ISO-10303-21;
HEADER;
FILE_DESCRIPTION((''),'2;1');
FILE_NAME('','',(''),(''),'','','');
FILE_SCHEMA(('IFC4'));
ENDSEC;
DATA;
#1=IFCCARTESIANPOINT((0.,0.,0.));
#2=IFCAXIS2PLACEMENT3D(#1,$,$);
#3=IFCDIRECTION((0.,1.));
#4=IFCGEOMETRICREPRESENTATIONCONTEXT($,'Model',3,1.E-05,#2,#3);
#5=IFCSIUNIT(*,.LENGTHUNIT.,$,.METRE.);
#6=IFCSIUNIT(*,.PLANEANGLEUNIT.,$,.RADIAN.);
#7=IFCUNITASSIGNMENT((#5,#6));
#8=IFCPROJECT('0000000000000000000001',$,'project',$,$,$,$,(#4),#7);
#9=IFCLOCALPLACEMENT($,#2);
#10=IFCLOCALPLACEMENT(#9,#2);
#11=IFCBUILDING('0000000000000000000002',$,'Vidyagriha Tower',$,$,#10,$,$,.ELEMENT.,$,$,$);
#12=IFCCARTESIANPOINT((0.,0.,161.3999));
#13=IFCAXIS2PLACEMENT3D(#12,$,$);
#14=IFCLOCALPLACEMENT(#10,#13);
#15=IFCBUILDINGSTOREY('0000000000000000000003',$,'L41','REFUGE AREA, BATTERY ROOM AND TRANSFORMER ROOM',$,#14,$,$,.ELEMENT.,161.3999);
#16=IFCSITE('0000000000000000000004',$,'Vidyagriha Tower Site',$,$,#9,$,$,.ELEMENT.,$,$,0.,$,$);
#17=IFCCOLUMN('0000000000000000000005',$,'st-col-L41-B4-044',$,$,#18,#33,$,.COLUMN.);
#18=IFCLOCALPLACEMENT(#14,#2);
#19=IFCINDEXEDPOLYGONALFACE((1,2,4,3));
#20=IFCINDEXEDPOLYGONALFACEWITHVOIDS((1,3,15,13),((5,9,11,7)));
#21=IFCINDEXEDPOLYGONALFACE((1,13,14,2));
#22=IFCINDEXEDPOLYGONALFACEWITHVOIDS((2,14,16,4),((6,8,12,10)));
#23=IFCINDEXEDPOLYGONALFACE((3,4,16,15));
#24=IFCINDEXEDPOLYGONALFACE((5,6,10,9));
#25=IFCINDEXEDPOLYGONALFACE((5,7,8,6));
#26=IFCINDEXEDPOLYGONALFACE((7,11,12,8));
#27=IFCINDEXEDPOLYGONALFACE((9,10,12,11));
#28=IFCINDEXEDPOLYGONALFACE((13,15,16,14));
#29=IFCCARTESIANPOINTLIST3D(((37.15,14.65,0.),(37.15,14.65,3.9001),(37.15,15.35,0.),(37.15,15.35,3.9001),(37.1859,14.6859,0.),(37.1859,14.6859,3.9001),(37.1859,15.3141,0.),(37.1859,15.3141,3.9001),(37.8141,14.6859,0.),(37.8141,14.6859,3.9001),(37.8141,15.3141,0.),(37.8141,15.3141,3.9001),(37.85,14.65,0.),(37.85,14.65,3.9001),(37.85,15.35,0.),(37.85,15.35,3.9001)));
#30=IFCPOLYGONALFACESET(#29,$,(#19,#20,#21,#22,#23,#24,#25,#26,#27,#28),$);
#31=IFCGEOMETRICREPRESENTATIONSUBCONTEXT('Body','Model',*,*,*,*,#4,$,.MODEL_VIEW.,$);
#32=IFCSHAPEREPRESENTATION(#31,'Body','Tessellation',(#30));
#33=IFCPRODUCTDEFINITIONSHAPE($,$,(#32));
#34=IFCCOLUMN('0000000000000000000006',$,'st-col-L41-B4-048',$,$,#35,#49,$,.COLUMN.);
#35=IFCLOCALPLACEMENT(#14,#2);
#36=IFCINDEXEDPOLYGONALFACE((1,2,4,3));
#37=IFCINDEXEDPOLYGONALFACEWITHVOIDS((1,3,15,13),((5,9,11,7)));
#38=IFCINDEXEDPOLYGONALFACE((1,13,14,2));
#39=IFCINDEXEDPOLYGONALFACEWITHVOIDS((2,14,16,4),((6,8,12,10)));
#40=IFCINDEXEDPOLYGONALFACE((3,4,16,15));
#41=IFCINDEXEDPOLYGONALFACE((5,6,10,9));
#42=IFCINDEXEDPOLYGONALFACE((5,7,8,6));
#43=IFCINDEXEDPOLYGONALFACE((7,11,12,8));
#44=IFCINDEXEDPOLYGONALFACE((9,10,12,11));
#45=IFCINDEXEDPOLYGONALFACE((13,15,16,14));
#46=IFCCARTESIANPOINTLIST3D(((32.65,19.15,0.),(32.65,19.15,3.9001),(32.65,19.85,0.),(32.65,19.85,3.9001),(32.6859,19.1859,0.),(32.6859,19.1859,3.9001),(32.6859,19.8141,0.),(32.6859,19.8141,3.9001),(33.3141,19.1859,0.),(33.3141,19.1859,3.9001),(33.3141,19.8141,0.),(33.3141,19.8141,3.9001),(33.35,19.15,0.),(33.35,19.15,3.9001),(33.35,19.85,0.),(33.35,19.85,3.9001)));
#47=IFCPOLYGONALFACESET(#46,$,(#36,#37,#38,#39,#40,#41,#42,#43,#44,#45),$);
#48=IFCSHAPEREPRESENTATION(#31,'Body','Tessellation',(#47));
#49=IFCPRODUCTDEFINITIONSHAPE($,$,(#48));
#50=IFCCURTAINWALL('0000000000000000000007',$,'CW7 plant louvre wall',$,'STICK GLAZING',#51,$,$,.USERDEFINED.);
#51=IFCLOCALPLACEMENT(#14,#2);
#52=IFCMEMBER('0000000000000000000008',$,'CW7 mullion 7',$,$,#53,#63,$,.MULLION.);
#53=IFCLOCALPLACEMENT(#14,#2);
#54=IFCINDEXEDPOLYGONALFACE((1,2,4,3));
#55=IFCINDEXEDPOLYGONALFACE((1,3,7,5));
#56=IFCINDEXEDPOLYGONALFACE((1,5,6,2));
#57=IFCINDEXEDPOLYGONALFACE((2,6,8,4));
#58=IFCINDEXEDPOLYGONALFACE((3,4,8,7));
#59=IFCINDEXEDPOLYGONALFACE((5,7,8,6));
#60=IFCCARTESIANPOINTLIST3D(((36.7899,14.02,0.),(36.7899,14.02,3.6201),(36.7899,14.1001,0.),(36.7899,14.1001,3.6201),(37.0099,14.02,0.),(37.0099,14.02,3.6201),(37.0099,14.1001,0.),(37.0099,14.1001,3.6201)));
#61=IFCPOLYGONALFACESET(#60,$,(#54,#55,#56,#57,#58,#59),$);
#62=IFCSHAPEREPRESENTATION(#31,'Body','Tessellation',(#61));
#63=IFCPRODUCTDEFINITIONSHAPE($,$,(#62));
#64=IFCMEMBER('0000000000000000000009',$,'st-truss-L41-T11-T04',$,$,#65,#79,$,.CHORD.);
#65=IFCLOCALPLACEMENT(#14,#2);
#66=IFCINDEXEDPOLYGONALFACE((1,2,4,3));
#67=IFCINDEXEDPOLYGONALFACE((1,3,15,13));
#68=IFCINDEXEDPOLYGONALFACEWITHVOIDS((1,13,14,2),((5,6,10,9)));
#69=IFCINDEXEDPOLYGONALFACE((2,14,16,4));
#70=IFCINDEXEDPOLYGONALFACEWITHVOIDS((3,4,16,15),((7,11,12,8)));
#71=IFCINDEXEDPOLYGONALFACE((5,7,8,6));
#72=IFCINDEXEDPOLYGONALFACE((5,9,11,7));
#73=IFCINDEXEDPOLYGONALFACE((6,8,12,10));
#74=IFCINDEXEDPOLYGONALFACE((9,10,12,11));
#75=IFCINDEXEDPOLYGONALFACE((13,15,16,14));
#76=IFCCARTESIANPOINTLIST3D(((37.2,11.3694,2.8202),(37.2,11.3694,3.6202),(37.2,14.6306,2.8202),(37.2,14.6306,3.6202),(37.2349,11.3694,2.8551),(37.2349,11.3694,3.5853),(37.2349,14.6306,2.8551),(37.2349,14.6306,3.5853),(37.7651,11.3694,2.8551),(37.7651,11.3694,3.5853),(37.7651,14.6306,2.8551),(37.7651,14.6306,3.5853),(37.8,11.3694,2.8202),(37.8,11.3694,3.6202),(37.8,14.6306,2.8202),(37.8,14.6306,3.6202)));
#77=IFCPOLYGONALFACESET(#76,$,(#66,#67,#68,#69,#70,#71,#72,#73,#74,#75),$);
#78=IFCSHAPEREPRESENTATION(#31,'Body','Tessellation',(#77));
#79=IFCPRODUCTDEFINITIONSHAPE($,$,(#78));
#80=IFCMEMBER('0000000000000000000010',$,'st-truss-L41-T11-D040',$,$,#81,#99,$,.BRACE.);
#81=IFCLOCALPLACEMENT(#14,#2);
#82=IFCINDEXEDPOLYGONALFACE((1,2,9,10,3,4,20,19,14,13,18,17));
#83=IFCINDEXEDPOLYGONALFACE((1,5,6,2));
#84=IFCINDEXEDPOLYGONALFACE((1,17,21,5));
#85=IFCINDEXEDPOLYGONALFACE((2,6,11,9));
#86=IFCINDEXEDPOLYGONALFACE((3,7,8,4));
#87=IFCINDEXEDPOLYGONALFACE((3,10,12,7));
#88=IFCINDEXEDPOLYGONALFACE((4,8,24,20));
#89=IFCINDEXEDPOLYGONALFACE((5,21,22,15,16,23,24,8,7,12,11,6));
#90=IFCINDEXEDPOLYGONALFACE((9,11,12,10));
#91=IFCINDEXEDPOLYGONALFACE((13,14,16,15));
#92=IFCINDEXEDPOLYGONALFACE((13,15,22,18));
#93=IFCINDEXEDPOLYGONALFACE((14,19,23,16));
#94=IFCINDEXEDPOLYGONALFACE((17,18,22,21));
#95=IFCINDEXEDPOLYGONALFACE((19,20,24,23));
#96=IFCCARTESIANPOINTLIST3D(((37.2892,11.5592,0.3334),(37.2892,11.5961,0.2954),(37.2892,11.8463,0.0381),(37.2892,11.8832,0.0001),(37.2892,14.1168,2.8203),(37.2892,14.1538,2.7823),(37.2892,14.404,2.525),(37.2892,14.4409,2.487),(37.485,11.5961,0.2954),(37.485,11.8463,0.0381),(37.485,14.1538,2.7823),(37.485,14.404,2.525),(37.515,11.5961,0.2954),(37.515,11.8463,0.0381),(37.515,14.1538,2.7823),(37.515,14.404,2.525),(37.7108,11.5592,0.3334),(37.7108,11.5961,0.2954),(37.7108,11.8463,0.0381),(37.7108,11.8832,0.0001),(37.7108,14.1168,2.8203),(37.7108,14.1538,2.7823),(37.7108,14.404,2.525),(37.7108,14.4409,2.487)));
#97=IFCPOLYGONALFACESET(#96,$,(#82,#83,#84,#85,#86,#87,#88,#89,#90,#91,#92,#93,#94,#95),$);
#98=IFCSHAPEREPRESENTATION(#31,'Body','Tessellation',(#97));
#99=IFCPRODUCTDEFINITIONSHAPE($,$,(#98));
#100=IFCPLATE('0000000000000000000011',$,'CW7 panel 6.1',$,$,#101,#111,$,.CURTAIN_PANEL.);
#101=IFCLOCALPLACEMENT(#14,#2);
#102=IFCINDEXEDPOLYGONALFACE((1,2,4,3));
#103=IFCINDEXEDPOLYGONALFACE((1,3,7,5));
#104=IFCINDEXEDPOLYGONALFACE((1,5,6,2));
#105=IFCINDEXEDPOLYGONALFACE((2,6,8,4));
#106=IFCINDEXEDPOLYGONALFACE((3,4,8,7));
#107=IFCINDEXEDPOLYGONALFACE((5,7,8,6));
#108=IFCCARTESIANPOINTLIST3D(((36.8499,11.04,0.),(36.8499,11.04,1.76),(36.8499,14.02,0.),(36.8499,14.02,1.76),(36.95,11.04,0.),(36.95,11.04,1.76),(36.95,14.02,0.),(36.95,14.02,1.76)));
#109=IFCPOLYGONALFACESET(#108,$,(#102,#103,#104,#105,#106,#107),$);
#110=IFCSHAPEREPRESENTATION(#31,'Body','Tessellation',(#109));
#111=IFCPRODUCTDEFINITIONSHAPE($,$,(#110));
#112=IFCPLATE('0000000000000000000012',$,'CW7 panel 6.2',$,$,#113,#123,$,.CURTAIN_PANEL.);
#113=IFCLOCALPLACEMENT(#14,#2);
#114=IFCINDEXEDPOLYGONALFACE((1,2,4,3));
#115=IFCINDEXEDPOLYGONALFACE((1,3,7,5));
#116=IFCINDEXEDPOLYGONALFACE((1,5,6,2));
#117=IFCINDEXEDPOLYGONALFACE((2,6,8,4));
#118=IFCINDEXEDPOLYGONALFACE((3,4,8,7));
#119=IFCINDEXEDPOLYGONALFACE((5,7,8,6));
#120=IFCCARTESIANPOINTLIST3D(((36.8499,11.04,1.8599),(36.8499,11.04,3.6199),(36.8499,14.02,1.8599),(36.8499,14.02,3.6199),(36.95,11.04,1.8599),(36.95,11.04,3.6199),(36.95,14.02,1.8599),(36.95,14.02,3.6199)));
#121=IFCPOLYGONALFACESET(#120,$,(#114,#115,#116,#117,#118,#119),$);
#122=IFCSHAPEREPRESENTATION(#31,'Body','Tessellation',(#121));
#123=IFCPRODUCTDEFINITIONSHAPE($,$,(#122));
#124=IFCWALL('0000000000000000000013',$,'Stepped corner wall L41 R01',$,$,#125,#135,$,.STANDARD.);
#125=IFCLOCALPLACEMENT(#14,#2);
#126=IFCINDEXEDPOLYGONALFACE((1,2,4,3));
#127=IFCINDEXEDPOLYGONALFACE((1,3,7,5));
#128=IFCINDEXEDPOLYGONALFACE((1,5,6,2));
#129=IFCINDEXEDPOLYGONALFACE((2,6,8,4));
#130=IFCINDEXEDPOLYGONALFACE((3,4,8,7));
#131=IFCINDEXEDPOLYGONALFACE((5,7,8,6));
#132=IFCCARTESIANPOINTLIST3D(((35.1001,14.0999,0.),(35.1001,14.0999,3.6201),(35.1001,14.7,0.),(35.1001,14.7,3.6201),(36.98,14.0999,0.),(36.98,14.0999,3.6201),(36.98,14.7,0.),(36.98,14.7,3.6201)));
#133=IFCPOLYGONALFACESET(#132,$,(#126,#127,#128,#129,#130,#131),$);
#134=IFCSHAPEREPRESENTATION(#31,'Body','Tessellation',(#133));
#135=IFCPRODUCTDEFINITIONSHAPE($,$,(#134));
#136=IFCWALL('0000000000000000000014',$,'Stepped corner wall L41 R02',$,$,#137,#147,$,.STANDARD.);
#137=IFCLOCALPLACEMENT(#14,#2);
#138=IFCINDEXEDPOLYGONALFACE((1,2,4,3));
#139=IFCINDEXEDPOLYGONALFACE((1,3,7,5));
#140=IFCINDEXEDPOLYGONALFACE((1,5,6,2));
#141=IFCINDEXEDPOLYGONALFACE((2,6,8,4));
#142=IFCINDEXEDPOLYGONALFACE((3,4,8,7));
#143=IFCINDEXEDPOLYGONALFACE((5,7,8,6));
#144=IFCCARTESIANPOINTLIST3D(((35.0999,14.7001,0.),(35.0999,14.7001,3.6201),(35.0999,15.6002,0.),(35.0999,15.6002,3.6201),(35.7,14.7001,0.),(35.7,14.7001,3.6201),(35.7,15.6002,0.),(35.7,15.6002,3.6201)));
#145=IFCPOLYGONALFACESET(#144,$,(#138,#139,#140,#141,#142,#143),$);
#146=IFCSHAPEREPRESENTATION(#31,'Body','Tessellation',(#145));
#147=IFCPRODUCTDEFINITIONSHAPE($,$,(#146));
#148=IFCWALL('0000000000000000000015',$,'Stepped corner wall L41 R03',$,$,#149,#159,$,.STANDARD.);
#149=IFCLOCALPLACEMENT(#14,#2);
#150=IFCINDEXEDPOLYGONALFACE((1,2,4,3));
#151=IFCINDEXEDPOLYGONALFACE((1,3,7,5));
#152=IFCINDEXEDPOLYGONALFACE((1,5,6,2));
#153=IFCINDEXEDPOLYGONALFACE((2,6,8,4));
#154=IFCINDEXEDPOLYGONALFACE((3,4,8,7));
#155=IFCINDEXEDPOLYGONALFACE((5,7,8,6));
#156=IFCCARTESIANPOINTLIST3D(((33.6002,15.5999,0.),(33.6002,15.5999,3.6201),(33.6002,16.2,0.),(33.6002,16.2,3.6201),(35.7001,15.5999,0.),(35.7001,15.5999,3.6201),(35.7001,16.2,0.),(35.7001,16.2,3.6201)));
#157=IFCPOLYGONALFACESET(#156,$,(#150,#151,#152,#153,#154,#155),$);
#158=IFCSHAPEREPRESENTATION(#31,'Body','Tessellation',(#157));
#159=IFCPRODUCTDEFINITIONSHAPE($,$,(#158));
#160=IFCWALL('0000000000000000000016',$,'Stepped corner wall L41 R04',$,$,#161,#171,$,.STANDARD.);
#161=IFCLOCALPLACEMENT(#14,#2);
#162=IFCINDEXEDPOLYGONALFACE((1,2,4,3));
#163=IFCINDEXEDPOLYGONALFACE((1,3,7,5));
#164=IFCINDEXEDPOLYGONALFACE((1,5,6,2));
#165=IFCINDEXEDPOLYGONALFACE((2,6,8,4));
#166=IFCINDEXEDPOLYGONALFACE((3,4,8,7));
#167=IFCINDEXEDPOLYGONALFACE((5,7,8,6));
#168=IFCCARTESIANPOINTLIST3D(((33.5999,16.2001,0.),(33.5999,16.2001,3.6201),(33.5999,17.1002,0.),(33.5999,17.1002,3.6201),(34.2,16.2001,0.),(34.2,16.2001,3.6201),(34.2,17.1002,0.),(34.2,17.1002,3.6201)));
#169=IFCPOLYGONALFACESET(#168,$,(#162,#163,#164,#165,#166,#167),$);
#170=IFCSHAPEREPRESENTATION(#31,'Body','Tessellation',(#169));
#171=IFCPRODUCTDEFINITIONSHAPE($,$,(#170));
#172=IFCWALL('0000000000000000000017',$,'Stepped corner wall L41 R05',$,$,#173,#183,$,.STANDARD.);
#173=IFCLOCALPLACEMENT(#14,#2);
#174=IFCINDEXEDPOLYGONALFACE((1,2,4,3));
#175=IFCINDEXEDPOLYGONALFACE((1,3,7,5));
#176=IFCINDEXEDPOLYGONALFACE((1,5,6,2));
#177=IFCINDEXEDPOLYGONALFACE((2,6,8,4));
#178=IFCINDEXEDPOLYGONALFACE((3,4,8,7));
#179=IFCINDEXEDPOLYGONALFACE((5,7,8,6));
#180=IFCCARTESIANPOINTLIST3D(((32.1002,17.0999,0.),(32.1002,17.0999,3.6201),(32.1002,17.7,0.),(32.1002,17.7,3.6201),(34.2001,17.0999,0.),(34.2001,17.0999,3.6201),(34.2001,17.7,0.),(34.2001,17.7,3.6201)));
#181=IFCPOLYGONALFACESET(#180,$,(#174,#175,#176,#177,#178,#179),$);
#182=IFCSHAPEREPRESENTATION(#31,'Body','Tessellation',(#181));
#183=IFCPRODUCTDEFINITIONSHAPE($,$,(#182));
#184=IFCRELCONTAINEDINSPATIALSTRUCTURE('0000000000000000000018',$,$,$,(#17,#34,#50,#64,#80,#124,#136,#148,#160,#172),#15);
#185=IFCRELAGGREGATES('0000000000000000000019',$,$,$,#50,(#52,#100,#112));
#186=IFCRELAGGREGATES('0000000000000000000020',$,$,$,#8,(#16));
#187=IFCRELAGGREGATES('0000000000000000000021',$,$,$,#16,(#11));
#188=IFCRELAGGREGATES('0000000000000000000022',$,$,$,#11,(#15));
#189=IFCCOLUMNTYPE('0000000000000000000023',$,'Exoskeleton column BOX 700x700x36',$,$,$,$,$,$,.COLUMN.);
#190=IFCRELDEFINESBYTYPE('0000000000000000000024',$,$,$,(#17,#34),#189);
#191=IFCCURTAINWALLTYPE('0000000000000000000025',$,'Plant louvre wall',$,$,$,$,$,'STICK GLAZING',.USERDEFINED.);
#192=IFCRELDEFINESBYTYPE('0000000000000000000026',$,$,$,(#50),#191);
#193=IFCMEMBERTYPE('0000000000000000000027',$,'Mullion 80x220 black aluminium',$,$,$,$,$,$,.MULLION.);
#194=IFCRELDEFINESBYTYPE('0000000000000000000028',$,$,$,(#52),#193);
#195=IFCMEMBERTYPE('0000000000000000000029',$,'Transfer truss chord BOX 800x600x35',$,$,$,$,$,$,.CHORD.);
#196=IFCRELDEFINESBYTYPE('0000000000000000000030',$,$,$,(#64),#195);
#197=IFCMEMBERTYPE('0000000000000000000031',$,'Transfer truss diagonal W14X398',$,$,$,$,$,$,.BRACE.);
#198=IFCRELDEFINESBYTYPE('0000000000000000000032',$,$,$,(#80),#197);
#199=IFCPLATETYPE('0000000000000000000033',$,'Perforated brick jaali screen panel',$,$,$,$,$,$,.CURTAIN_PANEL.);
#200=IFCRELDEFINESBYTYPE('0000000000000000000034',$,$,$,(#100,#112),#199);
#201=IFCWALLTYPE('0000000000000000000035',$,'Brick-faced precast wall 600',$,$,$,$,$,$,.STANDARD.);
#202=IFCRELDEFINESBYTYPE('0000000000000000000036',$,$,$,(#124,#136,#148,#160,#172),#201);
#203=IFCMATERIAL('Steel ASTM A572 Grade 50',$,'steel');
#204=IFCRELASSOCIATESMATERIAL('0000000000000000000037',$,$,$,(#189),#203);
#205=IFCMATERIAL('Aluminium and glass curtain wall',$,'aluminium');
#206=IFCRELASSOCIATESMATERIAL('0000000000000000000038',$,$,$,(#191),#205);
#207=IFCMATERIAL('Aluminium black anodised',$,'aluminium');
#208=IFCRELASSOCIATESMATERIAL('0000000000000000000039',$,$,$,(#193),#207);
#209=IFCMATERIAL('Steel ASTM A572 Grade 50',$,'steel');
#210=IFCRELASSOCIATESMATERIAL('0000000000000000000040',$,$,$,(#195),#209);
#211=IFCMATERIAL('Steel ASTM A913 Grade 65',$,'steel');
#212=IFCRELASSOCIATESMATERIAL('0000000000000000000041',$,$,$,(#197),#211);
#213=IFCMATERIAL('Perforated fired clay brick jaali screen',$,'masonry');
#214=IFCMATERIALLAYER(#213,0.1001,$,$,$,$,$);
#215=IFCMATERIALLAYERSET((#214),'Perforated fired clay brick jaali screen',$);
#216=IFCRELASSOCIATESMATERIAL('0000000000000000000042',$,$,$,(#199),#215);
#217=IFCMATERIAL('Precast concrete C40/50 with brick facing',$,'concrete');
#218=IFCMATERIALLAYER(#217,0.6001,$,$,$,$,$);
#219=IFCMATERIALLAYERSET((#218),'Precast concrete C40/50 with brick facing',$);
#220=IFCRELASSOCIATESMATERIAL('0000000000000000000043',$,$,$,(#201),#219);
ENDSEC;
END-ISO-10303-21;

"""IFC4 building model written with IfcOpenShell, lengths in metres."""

from ifc_helpers import new_model, si_unit, direction, frame, frame_2d, origin, origin_2d, place, context, subcontext, project, spatial, rectangle, hollow_rectangle, i_section, extrude, material, layer, layer_set, material_profile, profile_set, type_object, element, aggregate, save


model = new_model("IFC4")

# Units and contexts
model_context = context("Model", 3, precision=1e-05, world=origin(), true_north=direction((0.0, 1.0)))
body_context = subcontext(model_context, "Body", "Model", "MODEL_VIEW")
ifc_project = project(units=[si_unit("LENGTHUNIT", "METRE"), si_unit("PLANEANGLEUNIT", "RADIAN")], contexts=[model_context])

# Site, building, storey
site_placement = place(None, origin())
site = spatial("IfcSite", under=ifc_project, at=site_placement, Name="Vidyagriha Tower Site", CompositionType="ELEMENT", RefElevation=0.0)
building_placement = place(site_placement, origin())
building = spatial("IfcBuilding", under=site, at=building_placement, Name="Vidyagriha Tower", CompositionType="ELEMENT")
storey_placement = place(building_placement, frame((0.0, 0.0, 161.3999)))
storey = spatial("IfcBuildingStorey", under=building, at=storey_placement, Name="L41", Description="REFUGE AREA, BATTERY ROOM AND TRANSFORMER ROOM", CompositionType="ELEMENT", Elevation=161.3999)

# Columns
ifc_material_1 = material(Name="Steel ASTM A572 Grade 50", Category="steel")
ifc_material_profile_1 = material_profile(ifc_material_1, hollow_rectangle(XDim=0.7, YDim=0.7, WallThickness=0.0359, at=origin_2d()), Name="BOX 700x700x36")
ifc_profile_set_1 = profile_set([ifc_material_profile_1], Name="Steel ASTM A572 Grade 50")
column_type = type_object("IfcColumnType", Name="Exoskeleton column BOX 700x700x36", PredefinedType="COLUMN", material=ifc_profile_set_1)
for number, where, name in (
    (1, (37.5, 15.0, 0.0), "st-col-L41-B4-044"),
    (2, (33.0, 19.5, 0.0), "st-col-L41-B4-048"),
):
    element("IfcColumn", number, at=place(storey_placement, frame(where)), inside=storey, type_object=column_type, Name=name, PredefinedType="COLUMN", context=body_context, shape_type="SweptSolid", body=[
        extrude(hollow_rectangle(XDim=0.7, YDim=0.7, WallThickness=0.0359, at=origin_2d()), origin(), (0.0, 0.0, 1.0), 3.9001),
    ])

# Curtain wall, member
ifc_material_2 = material(Name="Aluminium and glass curtain wall", Category="aluminium")
curtain_wall_type = type_object("IfcCurtainWallType", Name="Plant louvre wall", ElementType="STICK GLAZING", PredefinedType="USERDEFINED", material=ifc_material_2)
curtain_wall_placement = place(storey_placement, origin())
curtain_wall = element("IfcCurtainWall", 3, at=curtain_wall_placement, inside=storey, type_object=curtain_wall_type, Name="CW7 plant louvre wall", ObjectType="STICK GLAZING", PredefinedType="USERDEFINED")
ifc_material_3 = material(Name="Aluminium black anodised", Category="aluminium")
ifc_material_profile_2 = material_profile(ifc_material_3, rectangle(XDim=0.22, YDim=0.0801, at=origin_2d()), Name="Mullion 80x220 black aluminium")
ifc_profile_set_2 = profile_set([ifc_material_profile_2], Name="Aluminium black anodised")
member_type_1 = type_object("IfcMemberType", Name="Mullion 80x220 black aluminium", PredefinedType="MULLION", material=ifc_profile_set_2)
member_1_placement = place(storey_placement, frame((36.8999, 14.0601, 0.0), z_axis=(0.0, 0.0, 1.0), x_axis=(-1.0, 0.0, 0.0)))
member_1 = element("IfcMember", 4, at=member_1_placement, type_object=member_type_1, Name="CW7 mullion 7", PredefinedType="MULLION", context=body_context, shape_type="SweptSolid", body=[
    extrude(rectangle(XDim=0.22, YDim=0.0801, at=origin_2d()), origin(), (0.0, 0.0, 1.0), 3.6201),
])

# Members
ifc_material_4 = material(Name="Steel ASTM A572 Grade 50", Category="steel")
ifc_material_profile_3 = material_profile(ifc_material_4, hollow_rectangle(XDim=0.6001, YDim=0.8, WallThickness=0.0349, at=origin_2d()), Name="BOX 800x600x35")
ifc_profile_set_3 = profile_set([ifc_material_profile_3], Name="Steel ASTM A572 Grade 50")
member_type_2 = type_object("IfcMemberType", Name="Transfer truss chord BOX 800x600x35", PredefinedType="CHORD", material=ifc_profile_set_3)
member_2_placement = place(storey_placement, frame((37.5, 11.3694, 3.2202), z_axis=(0.0, 1.0, 0.0), x_axis=(-1.0, 0.0, 0.0)))
element("IfcMember", 5, at=member_2_placement, inside=storey, type_object=member_type_2, Name="st-truss-L41-T11-T04", PredefinedType="CHORD", context=body_context, shape_type="SweptSolid", body=[
    extrude(hollow_rectangle(XDim=0.6001, YDim=0.8, WallThickness=0.0349, at=origin_2d()), origin(), (0.0, 0.0, 1.0), 3.2612),
])
ifc_material_5 = material(Name="Steel ASTM A913 Grade 65", Category="steel")
ifc_material_profile_4 = material_profile(ifc_material_5, i_section(OverallWidth=0.4216, OverallDepth=0.4648, WebThickness=0.03, FlangeThickness=0.053, at=origin_2d()), Name="W14X398")
ifc_profile_set_4 = profile_set([ifc_material_profile_4], Name="Steel ASTM A913 Grade 65")
member_type_3 = type_object("IfcMemberType", Name="Transfer truss diagonal W14X398", PredefinedType="BRACE", material=ifc_profile_set_4)
member_3_placement = place(storey_placement, frame((37.5, 11.7212, 0.1667), z_axis=(0.0, 0.716961, 0.697114), x_axis=(-1.0, 0.0, 0.0)))
element("IfcMember", 6, at=member_3_placement, inside=storey, type_object=member_type_3, Name="st-truss-L41-T11-D040", PredefinedType="BRACE", context=body_context, shape_type="SweptSolid", body=[
    extrude(i_section(OverallWidth=0.4216, OverallDepth=0.4648, WebThickness=0.03, FlangeThickness=0.053, at=origin_2d()), origin(), (0.0, 0.0, 1.0), 3.5674),
])

# Plates
ifc_material_6 = material(Name="Perforated fired clay brick jaali screen", Category="masonry")
ifc_layer_1 = layer(ifc_material_6, 0.1001)
ifc_layer_set_1 = layer_set([ifc_layer_1], Name="Perforated fired clay brick jaali screen")
plate_type = type_object("IfcPlateType", Name="Perforated brick jaali screen panel", PredefinedType="CURTAIN_PANEL", material=ifc_layer_set_1)
plate_1_placement = place(storey_placement, frame((36.8999, 12.53, 0.0), z_axis=(0.0, 0.0, 1.0), x_axis=(0.0, 1.0, 0.0)))
plate_1 = element("IfcPlate", 7, at=plate_1_placement, type_object=plate_type, Name="CW7 panel 6.1", PredefinedType="CURTAIN_PANEL", context=body_context, shape_type="SweptSolid", body=[
    extrude(rectangle(XDim=2.98, YDim=0.1001, at=origin_2d()), origin(), (0.0, 0.0, 1.0), 1.76),
])
plate_2_placement = place(storey_placement, frame((36.8999, 12.53, 1.8599), z_axis=(0.0, 0.0, 1.0), x_axis=(0.0, 1.0, 0.0)))
plate_2 = element("IfcPlate", 8, at=plate_2_placement, type_object=plate_type, Name="CW7 panel 6.2", PredefinedType="CURTAIN_PANEL", context=body_context, shape_type="SweptSolid", body=[
    extrude(rectangle(XDim=2.98, YDim=0.1001, at=origin_2d()), origin(), (0.0, 0.0, 1.0), 1.76),
])
aggregate(curtain_wall, [member_1, plate_1, plate_2])

# Walls
ifc_material_7 = material(Name="Precast concrete C40/50 with brick facing", Category="concrete")
ifc_layer_2 = layer(ifc_material_7, 0.6001)
ifc_layer_set_2 = layer_set([ifc_layer_2], Name="Precast concrete C40/50 with brick facing")
wall_type = type_object("IfcWallType", Name="Brick-faced precast wall 600", PredefinedType="STANDARD", material=ifc_layer_set_2)
wall_1_placement = place(storey_placement, frame((36.98, 14.3999, 0.0), z_axis=(0.0, 0.0, 1.0), x_axis=(-1.0, 0.0, 0.0)))
element("IfcWall", 9, at=wall_1_placement, inside=storey, type_object=wall_type, Name="Stepped corner wall L41 R01", PredefinedType="STANDARD", context=body_context, shape_type="SweptSolid", body=[
    extrude(rectangle(XDim=1.8799, YDim=0.6001, at=frame_2d((0.9399, 0.0))), origin(), (0.0, 0.0, 1.0), 3.6201),
])
wall_2_placement = place(storey_placement, frame((35.3999, 14.7, 0.0), z_axis=(0.0, 0.0, 1.0), x_axis=(0.0, 1.0, 0.0)))
element("IfcWall", 10, at=wall_2_placement, inside=storey, type_object=wall_type, Name="Stepped corner wall L41 R02", PredefinedType="STANDARD", context=body_context, shape_type="SweptSolid", body=[
    extrude(rectangle(XDim=0.9001, YDim=0.6001, at=frame_2d((0.4502, 0.0))), origin(), (0.0, 0.0, 1.0), 3.6201),
])
wall_3_placement = place(storey_placement, frame((35.7, 15.8999, 0.0), z_axis=(0.0, 0.0, 1.0), x_axis=(-1.0, 0.0, 0.0)))
element("IfcWall", 11, at=wall_3_placement, inside=storey, type_object=wall_type, Name="Stepped corner wall L41 R03", PredefinedType="STANDARD", context=body_context, shape_type="SweptSolid", body=[
    extrude(rectangle(XDim=2.0999, YDim=0.6001, at=frame_2d((1.0498, 0.0))), origin(), (0.0, 0.0, 1.0), 3.6201),
])
wall_4_placement = place(storey_placement, frame((33.8999, 16.2, 0.0), z_axis=(0.0, 0.0, 1.0), x_axis=(0.0, 1.0, 0.0)))
element("IfcWall", 12, at=wall_4_placement, inside=storey, type_object=wall_type, Name="Stepped corner wall L41 R04", PredefinedType="STANDARD", context=body_context, shape_type="SweptSolid", body=[
    extrude(rectangle(XDim=0.9001, YDim=0.6001, at=frame_2d((0.4502, 0.0))), origin(), (0.0, 0.0, 1.0), 3.6201),
])
wall_5_placement = place(storey_placement, frame((34.2, 17.3999, 0.0), z_axis=(0.0, 0.0, 1.0), x_axis=(-1.0, 0.0, 0.0)))
element("IfcWall", 13, at=wall_5_placement, inside=storey, type_object=wall_type, Name="Stepped corner wall L41 R05", PredefinedType="STANDARD", context=body_context, shape_type="SweptSolid", body=[
    extrude(rectangle(XDim=2.0999, YDim=0.6001, at=frame_2d((1.0498, 0.0))), origin(), (0.0, 0.0, 1.0), 3.6201),
])

save(model, "model.ifc")
